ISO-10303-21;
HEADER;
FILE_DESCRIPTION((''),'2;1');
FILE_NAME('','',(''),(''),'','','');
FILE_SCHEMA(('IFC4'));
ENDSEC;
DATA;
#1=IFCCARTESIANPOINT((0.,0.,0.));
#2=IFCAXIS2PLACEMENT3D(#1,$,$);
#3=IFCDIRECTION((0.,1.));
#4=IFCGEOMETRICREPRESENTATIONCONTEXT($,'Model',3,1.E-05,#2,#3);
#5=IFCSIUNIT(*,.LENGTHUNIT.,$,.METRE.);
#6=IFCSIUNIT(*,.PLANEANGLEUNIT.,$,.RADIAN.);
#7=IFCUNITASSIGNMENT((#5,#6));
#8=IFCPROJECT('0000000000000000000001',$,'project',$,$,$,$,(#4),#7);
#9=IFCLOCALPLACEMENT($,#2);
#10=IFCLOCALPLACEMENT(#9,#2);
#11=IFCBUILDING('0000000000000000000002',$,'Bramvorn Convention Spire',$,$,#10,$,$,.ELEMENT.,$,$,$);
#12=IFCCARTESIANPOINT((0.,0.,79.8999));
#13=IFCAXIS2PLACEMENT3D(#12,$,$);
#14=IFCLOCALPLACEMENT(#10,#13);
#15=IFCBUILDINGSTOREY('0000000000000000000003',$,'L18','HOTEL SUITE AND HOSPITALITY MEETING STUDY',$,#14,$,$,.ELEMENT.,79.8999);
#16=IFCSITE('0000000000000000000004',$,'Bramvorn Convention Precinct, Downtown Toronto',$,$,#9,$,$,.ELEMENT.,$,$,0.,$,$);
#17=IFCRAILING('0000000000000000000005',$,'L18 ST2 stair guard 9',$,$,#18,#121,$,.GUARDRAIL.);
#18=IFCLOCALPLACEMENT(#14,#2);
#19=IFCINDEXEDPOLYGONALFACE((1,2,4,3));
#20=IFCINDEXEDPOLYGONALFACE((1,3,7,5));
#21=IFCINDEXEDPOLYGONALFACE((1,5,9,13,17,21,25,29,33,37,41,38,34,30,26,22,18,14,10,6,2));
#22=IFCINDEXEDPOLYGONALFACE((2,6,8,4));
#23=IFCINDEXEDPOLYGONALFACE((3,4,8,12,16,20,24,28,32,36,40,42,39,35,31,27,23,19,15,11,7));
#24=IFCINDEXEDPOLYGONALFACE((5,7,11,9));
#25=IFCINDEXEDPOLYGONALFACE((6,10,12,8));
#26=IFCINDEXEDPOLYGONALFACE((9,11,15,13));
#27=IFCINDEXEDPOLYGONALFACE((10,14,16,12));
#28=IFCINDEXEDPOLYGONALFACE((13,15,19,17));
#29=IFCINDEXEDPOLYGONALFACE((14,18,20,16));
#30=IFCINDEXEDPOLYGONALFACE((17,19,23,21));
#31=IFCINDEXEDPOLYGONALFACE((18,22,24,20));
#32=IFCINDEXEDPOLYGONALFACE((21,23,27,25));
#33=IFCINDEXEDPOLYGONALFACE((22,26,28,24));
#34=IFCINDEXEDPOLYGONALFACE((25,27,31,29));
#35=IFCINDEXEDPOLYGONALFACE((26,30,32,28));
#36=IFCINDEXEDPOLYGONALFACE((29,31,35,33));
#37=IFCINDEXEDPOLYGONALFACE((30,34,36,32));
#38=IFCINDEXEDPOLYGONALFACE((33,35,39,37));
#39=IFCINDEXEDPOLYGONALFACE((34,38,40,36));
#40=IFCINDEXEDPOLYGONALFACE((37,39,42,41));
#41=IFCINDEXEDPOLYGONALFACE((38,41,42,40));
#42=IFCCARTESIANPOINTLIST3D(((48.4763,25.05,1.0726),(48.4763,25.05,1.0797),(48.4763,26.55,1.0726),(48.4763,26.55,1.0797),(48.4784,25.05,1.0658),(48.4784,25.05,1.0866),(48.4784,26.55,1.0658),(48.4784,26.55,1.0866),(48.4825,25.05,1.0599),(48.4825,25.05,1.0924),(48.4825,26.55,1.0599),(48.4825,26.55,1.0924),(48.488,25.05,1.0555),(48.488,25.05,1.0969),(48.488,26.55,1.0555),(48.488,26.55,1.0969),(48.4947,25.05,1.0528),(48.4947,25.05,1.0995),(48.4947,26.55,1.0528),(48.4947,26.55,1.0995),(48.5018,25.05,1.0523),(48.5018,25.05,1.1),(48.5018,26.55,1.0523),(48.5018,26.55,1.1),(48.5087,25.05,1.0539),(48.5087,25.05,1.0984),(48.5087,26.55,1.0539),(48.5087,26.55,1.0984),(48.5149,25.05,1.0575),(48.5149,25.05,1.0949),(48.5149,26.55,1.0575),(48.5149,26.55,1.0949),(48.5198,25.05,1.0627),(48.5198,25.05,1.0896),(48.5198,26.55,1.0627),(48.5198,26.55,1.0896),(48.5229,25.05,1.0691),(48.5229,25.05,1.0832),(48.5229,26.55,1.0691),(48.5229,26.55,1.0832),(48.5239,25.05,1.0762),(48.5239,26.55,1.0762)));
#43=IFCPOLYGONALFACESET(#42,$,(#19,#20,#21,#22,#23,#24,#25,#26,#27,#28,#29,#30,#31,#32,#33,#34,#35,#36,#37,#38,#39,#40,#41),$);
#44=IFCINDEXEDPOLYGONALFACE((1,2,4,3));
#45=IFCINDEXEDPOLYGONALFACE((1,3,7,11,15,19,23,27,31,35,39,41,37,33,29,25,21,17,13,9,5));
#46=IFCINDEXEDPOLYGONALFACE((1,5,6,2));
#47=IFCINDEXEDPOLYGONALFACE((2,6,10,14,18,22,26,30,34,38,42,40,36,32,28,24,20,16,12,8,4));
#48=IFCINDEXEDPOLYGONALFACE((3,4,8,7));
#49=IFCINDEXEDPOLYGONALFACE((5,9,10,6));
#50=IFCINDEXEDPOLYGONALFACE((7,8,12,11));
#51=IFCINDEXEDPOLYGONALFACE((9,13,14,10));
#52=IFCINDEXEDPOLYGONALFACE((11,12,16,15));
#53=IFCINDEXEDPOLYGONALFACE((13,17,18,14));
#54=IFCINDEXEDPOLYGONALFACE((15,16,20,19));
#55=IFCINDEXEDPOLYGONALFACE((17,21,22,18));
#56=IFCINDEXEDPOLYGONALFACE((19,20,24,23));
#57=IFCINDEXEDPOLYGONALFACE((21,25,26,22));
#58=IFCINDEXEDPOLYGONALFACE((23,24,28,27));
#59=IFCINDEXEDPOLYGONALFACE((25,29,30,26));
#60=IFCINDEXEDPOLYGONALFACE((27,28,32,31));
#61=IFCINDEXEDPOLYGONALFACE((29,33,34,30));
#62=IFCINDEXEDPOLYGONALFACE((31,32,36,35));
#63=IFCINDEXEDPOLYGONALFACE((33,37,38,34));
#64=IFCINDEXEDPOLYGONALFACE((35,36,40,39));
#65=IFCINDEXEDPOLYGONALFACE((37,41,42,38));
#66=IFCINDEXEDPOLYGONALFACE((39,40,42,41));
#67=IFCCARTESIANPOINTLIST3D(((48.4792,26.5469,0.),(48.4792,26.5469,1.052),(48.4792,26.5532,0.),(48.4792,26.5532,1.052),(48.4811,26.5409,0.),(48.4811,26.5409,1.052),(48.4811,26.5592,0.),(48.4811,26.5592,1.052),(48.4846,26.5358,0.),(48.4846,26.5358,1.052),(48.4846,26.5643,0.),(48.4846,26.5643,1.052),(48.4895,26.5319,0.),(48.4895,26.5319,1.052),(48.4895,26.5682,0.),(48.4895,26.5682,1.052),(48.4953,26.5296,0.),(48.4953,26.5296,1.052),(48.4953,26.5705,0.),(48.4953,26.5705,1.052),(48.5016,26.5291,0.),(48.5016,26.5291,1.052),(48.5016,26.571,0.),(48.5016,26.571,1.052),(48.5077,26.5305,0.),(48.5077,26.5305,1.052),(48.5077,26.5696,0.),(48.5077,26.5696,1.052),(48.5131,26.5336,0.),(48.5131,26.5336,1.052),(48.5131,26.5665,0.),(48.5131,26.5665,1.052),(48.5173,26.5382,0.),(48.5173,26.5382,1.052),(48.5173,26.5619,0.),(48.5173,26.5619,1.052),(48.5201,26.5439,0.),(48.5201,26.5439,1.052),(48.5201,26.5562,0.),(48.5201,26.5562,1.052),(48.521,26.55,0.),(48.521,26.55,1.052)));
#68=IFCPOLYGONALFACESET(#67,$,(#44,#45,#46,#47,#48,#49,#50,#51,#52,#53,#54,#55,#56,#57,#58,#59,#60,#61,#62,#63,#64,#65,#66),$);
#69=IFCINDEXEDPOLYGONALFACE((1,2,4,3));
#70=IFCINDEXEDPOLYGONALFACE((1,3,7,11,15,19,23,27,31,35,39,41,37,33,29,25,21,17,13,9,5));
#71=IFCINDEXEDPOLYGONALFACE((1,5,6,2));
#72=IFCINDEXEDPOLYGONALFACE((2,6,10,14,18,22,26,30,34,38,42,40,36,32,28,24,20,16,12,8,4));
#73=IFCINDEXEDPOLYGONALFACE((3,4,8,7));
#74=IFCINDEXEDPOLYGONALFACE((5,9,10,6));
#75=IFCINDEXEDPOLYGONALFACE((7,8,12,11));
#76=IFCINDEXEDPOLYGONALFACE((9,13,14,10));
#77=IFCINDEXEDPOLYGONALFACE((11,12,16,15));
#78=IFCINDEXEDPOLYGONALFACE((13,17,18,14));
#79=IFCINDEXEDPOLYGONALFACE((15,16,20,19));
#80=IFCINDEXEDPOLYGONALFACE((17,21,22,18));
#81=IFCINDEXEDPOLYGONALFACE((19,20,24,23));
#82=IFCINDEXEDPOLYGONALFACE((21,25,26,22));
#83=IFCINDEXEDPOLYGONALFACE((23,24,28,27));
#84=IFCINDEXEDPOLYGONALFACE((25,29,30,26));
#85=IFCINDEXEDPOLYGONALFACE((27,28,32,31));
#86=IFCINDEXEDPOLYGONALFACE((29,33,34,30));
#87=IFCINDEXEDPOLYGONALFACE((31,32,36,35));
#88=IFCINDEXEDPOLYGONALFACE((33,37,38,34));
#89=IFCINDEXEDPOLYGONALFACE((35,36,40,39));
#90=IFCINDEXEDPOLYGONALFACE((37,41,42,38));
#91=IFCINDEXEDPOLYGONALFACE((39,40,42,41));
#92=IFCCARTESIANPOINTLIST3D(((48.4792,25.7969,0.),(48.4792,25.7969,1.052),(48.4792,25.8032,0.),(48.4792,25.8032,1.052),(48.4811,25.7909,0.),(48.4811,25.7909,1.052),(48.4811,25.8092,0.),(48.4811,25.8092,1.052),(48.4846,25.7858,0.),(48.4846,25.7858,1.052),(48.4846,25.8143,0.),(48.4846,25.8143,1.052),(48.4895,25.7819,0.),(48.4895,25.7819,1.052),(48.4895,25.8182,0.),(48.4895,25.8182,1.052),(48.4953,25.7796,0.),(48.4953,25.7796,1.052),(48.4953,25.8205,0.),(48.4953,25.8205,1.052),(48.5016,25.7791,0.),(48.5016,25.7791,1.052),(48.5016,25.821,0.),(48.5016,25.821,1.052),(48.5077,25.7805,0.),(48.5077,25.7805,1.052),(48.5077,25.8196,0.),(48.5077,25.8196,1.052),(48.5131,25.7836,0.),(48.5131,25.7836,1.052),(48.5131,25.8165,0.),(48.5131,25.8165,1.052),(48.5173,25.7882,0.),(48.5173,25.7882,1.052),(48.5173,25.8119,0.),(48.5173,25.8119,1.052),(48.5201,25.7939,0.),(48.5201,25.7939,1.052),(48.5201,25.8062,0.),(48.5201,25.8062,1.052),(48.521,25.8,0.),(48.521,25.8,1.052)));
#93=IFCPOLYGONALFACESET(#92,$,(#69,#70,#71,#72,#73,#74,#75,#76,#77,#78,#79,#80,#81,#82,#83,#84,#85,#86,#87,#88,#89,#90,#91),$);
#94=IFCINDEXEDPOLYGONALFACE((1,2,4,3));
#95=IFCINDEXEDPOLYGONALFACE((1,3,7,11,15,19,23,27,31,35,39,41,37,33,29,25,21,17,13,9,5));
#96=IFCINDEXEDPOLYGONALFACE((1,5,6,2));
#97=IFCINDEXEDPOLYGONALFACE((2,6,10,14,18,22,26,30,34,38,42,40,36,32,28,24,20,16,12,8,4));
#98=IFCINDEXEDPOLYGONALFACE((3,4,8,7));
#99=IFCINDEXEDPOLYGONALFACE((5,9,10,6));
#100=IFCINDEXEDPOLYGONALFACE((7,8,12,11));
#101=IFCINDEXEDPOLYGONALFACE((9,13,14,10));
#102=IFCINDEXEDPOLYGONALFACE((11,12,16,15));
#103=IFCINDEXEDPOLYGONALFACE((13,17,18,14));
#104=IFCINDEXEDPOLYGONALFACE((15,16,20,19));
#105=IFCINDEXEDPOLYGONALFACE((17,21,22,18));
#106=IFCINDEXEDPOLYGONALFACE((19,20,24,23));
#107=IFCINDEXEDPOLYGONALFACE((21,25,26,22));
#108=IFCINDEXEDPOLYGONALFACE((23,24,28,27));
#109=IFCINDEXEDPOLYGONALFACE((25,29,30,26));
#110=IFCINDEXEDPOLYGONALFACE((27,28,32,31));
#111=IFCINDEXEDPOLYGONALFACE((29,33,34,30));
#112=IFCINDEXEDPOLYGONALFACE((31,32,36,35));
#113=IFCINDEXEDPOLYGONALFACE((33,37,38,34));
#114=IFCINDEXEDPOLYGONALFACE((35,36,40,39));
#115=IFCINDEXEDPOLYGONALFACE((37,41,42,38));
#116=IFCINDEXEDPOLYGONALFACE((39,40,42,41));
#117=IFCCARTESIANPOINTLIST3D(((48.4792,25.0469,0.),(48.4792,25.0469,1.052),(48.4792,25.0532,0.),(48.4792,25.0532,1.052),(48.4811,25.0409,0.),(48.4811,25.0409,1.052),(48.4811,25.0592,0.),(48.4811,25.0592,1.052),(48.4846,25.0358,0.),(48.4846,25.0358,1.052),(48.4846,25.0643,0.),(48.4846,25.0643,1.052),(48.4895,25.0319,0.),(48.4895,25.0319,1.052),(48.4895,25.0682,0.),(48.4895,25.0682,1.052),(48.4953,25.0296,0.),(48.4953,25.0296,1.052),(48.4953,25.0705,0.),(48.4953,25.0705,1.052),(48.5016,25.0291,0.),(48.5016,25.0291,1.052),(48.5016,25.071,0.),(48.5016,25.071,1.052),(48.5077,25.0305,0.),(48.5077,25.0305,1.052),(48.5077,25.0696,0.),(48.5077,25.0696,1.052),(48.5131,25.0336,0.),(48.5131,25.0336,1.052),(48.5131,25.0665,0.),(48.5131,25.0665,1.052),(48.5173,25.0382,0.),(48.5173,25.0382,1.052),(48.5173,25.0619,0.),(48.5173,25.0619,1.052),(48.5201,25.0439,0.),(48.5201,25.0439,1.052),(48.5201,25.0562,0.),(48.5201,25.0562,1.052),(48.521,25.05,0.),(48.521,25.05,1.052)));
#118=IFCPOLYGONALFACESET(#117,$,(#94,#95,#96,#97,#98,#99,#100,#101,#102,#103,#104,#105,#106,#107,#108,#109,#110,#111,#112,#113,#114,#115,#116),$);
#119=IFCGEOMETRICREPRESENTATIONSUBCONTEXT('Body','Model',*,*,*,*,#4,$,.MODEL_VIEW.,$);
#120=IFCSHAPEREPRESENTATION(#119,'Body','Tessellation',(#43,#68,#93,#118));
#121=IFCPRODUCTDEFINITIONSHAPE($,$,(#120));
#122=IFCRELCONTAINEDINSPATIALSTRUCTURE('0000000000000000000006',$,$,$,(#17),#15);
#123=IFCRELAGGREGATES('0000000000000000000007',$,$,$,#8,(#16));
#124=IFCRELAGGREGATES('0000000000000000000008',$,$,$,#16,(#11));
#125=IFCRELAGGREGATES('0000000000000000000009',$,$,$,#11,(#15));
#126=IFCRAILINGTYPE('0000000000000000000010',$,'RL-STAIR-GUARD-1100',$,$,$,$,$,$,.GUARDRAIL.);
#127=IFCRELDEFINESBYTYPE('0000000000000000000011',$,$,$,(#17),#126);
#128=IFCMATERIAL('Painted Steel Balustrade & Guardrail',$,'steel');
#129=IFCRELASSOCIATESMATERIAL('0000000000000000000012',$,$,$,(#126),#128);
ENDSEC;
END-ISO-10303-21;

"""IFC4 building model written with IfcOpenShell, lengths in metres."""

from ifc_helpers import new_model, si_unit, direction, frame, origin, origin_2d, place, context, subcontext, project, spatial, circle, extrude, material, type_object, element, save


model = new_model("IFC4")

# Units and contexts
model_context = context("Model", 3, precision=1e-05, world=origin(), true_north=direction((0.0, 1.0)))
body_context = subcontext(model_context, "Body", "Model", "MODEL_VIEW")
ifc_project = project(units=[si_unit("LENGTHUNIT", "METRE"), si_unit("PLANEANGLEUNIT", "RADIAN")], contexts=[model_context])

# Site, building, storey
site_placement = place(None, origin())
site = spatial("IfcSite", under=ifc_project, at=site_placement, Name="Bramvorn Convention Precinct, Downtown Toronto", CompositionType="ELEMENT", RefElevation=0.0)
building_placement = place(site_placement, origin())
building = spatial("IfcBuilding", under=site, at=building_placement, Name="Bramvorn Convention Spire", CompositionType="ELEMENT")
storey_placement = place(building_placement, frame((0.0, 0.0, 79.8999)))
storey = spatial("IfcBuildingStorey", under=building, at=storey_placement, Name="L18", Description="HOTEL SUITE AND HOSPITALITY MEETING STUDY", CompositionType="ELEMENT", Elevation=79.8999)

# Railing
ifc_material_1 = material(Name="Painted Steel Balustrade & Guardrail", Category="steel")
railing_type = type_object("IfcRailingType", Name="RL-STAIR-GUARD-1100", PredefinedType="GUARDRAIL", material=ifc_material_1)
for number, where, name in (
    (1, (48.5, 26.55, 0.0), "L18 ST2 stair guard 9"),
):
    element("IfcRailing", number, at=place(storey_placement, frame(where)), inside=storey, type_object=railing_type, Name=name, PredefinedType="GUARDRAIL", context=body_context, shape_type="SweptSolid", body=[
        extrude(circle(Radius=0.0239, at=origin_2d()), frame((0.0, 0.0, 1.0762), z_axis=(0.0, -1.0, 0.0), x_axis=(1.0, 0.0, 0.0)), (0.0, 0.0, 1.0), 1.5),
        extrude(circle(Radius=0.021, at=origin_2d()), origin(), (0.0, 0.0, 1.0), 1.052),
        extrude(circle(Radius=0.021, at=origin_2d()), frame((0.0, -0.75, 0.0)), (0.0, 0.0, 1.0), 1.052),
        extrude(circle(Radius=0.021, at=origin_2d()), frame((0.0, -1.5, 0.0)), (0.0, 0.0, 1.0), 1.052),
    ])

save(model, "model.ifc")
